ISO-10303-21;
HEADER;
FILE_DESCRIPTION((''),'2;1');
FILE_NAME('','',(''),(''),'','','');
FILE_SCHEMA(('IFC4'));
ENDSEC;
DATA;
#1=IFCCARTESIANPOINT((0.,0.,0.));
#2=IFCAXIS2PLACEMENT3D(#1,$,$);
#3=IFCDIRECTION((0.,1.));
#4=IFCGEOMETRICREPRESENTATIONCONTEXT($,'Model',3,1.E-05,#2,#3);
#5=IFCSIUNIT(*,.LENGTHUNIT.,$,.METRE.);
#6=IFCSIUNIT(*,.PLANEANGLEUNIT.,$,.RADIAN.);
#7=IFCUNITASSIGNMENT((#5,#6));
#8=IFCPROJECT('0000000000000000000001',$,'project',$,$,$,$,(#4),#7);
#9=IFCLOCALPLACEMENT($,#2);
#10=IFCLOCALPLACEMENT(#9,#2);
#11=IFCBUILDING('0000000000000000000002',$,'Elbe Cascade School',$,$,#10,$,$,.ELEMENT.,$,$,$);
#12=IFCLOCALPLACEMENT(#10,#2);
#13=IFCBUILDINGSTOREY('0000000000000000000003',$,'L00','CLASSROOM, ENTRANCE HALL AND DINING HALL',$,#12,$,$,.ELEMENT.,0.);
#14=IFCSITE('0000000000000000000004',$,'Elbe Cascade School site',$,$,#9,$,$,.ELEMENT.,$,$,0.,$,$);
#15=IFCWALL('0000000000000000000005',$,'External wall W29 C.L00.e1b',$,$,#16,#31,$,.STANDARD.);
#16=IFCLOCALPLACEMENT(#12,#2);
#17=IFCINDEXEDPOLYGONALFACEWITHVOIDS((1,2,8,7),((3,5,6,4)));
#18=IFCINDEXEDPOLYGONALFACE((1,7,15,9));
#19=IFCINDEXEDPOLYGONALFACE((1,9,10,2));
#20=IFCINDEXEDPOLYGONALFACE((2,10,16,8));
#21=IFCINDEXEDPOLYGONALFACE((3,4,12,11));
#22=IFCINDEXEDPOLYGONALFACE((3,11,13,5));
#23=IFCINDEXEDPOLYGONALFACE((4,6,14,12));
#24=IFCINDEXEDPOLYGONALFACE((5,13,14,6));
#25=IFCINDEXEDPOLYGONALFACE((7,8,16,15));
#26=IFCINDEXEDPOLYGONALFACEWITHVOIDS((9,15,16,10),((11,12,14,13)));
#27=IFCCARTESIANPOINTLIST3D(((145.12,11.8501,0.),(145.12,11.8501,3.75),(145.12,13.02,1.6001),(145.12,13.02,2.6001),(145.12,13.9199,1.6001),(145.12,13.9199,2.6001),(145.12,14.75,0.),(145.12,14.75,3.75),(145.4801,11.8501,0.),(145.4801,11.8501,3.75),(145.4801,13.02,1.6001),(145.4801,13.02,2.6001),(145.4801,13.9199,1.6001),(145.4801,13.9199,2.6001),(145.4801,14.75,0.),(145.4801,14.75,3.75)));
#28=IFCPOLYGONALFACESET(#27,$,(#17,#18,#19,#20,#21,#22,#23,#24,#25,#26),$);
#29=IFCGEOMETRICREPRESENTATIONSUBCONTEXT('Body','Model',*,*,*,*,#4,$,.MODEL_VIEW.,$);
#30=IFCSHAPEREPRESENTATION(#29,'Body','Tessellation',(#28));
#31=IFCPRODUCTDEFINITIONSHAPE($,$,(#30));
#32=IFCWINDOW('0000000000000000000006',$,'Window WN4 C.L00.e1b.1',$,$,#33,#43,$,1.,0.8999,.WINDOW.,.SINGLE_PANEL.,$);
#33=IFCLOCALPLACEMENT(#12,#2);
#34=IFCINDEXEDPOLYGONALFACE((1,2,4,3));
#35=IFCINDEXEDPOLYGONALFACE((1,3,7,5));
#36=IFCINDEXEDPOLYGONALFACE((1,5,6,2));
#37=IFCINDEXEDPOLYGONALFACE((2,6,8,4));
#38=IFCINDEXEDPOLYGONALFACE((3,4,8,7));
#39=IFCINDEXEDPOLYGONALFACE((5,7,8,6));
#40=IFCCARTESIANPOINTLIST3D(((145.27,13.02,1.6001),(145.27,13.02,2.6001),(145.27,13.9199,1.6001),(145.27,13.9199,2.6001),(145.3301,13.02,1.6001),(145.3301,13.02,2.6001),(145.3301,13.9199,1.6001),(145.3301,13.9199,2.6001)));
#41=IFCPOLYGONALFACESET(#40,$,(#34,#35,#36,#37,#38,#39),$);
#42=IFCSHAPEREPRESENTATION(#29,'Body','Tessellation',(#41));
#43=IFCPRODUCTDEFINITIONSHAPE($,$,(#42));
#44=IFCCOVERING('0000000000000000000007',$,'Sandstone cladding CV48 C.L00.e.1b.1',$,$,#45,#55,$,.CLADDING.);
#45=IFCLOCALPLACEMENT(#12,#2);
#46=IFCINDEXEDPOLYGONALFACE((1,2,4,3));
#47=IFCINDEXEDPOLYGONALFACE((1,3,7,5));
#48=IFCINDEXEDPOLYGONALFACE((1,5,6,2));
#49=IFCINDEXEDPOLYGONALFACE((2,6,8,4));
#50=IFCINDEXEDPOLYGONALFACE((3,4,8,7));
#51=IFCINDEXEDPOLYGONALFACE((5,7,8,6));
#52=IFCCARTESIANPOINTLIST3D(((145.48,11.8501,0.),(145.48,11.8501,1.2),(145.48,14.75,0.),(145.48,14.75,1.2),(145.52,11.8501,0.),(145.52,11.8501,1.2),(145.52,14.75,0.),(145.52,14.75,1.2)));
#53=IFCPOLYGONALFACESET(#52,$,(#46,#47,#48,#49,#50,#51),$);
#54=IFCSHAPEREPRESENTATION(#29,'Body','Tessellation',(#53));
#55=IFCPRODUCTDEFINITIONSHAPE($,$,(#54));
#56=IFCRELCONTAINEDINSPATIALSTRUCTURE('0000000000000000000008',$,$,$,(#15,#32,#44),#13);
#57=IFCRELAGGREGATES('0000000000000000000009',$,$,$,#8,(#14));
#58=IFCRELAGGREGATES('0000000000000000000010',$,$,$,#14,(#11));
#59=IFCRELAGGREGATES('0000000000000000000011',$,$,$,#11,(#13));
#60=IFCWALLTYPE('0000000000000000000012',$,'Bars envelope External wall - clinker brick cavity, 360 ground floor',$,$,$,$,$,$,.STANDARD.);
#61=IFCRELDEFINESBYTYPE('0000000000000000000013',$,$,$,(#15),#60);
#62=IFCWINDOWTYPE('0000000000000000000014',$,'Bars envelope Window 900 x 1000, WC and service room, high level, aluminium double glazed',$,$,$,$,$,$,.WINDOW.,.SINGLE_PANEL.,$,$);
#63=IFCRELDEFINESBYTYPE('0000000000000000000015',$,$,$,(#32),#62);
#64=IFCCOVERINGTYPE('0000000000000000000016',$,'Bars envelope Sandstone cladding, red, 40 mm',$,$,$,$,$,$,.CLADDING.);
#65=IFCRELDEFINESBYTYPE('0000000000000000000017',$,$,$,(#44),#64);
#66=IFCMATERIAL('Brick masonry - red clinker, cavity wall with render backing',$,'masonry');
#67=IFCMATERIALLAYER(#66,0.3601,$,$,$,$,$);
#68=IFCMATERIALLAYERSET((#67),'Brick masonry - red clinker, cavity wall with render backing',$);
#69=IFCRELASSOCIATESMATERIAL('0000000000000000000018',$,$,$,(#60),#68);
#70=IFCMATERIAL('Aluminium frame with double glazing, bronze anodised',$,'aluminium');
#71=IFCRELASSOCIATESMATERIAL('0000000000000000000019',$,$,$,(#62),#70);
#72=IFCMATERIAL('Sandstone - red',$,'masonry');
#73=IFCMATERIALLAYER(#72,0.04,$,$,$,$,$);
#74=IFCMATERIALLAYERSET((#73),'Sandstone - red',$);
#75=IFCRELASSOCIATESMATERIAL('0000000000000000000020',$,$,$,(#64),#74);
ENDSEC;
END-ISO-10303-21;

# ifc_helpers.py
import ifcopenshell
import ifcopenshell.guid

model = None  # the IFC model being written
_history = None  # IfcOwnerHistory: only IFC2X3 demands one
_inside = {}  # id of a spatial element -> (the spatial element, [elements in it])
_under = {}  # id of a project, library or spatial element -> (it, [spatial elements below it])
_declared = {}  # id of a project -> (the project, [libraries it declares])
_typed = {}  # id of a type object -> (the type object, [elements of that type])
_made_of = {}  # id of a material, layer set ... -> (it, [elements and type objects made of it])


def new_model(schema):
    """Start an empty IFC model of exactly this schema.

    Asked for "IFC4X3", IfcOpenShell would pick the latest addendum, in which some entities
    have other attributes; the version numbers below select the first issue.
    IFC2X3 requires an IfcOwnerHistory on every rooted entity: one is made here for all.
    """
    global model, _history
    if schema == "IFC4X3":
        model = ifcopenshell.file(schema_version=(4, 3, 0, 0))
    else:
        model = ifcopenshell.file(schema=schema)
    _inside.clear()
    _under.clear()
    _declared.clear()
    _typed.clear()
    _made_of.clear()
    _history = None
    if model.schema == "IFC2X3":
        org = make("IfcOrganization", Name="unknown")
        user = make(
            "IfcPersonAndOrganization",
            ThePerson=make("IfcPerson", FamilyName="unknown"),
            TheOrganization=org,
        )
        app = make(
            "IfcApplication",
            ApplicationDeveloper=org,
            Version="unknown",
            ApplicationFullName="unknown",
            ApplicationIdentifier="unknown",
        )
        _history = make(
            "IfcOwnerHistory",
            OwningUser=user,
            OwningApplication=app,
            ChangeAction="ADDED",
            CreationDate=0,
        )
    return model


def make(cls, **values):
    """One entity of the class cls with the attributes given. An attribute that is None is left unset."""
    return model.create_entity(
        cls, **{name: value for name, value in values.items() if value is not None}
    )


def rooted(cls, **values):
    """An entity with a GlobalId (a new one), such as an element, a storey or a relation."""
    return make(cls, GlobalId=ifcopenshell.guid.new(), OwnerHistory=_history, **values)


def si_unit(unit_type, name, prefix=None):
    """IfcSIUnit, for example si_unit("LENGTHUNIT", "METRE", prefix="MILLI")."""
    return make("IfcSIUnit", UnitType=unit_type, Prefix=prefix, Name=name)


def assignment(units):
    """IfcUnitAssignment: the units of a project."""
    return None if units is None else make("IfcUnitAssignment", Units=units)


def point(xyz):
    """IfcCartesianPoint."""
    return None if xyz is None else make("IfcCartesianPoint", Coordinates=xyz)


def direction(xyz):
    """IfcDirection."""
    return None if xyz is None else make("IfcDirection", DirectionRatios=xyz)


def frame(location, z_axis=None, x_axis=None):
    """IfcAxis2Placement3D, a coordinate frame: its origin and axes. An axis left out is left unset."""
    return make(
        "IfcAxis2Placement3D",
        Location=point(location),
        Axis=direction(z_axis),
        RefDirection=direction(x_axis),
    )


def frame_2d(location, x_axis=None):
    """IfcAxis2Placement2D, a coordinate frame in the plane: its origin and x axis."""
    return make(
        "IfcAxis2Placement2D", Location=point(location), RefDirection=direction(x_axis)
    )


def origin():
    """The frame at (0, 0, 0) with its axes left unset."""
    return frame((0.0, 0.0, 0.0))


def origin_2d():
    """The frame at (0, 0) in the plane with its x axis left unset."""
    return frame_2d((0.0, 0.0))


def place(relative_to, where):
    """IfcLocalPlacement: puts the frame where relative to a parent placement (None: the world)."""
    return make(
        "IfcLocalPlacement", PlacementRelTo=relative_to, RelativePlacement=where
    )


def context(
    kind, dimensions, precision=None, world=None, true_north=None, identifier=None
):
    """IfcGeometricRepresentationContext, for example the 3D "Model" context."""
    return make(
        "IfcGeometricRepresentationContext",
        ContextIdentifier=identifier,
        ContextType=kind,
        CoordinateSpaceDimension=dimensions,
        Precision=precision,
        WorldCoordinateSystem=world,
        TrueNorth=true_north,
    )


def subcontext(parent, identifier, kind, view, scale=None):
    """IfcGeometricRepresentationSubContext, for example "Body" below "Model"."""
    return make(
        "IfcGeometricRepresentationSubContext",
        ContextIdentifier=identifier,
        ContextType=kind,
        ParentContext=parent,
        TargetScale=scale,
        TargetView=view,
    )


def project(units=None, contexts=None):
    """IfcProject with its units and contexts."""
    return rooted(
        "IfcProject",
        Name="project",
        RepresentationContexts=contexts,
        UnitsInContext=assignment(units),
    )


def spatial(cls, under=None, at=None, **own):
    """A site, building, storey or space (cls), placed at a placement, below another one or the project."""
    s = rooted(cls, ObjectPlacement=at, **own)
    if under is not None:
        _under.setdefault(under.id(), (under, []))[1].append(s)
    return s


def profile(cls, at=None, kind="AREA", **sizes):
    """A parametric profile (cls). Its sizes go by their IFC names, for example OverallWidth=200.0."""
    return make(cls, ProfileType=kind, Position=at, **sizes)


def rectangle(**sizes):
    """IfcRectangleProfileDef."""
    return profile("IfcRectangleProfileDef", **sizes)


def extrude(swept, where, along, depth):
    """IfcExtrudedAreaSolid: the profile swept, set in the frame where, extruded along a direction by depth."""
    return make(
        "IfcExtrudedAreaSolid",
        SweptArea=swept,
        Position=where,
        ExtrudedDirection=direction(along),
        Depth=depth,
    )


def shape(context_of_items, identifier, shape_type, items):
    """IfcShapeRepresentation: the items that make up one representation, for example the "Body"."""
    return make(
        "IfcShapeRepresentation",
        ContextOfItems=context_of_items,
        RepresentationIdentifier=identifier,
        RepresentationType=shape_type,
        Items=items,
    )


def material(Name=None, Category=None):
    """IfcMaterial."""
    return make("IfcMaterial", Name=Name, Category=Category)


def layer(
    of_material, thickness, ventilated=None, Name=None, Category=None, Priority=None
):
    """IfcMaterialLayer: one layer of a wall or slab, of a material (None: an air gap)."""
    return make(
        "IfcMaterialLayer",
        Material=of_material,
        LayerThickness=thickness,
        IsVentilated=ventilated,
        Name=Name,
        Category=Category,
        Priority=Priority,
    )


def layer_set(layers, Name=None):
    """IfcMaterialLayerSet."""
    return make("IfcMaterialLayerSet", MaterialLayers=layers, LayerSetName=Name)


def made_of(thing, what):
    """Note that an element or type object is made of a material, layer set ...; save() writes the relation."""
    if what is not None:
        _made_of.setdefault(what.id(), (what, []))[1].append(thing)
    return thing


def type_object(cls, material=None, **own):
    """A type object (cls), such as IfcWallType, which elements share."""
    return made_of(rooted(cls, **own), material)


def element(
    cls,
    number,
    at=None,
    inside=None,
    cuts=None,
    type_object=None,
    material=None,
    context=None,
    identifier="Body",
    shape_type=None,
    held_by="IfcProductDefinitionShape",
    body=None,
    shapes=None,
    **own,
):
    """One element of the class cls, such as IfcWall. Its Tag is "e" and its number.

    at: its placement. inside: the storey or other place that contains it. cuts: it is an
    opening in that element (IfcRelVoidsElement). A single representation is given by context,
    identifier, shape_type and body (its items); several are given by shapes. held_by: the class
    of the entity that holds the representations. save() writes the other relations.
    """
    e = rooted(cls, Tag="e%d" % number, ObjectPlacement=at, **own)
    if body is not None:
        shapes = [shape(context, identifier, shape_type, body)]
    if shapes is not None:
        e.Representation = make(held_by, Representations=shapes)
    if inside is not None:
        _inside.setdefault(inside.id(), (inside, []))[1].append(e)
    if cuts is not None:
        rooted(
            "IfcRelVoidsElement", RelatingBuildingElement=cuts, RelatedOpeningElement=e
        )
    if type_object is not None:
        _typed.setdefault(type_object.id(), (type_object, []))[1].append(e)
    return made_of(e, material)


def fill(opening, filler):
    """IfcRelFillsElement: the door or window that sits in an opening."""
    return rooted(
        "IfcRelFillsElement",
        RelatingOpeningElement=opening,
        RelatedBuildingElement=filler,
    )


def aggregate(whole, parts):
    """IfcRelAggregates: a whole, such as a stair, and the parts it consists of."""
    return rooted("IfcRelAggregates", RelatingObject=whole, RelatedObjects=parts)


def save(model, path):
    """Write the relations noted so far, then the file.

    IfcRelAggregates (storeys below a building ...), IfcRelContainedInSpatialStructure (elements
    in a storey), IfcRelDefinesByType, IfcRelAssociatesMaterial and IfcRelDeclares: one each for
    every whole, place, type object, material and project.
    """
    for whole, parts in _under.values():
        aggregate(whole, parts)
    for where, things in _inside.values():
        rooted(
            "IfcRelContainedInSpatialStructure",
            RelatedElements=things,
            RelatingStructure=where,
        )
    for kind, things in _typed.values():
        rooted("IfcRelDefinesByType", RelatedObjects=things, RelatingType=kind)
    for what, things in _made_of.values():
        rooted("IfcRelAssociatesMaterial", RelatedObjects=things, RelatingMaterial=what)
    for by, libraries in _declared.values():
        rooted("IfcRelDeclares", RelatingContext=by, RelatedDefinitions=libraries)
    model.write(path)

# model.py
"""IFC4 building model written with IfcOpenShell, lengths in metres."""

from ifc_helpers import new_model, si_unit, direction, frame, frame_2d, origin, origin_2d, place, context, subcontext, project, spatial, rectangle, extrude, material, layer, layer_set, type_object, element, fill, save


model = new_model("IFC4")

# Units and contexts
model_context = context("Model", 3, precision=1e-05, world=origin(), true_north=direction((0.0, 1.0)))
body_context = subcontext(model_context, "Body", "Model", "MODEL_VIEW")
ifc_project = project(units=[si_unit("LENGTHUNIT", "METRE"), si_unit("PLANEANGLEUNIT", "RADIAN")], contexts=[model_context])

# Site, building, storey
site_placement = place(None, origin())
site = spatial("IfcSite", under=ifc_project, at=site_placement, Name="Elbe Cascade School site", CompositionType="ELEMENT", RefElevation=0.0)
building_placement = place(site_placement, origin())
building = spatial("IfcBuilding", under=site, at=building_placement, Name="Elbe Cascade School", CompositionType="ELEMENT")
storey_placement = place(building_placement, origin())
storey = spatial("IfcBuildingStorey", under=building, at=storey_placement, Name="L00", Description="CLASSROOM, ENTRANCE HALL AND DINING HALL", CompositionType="ELEMENT", Elevation=0.0)

# Wall, opening, window
ifc_material_1 = material(Name="Brick masonry - red clinker, cavity wall with render backing", Category="masonry")
ifc_layer_1 = layer(ifc_material_1, 0.3601)
ifc_layer_set_1 = layer_set([ifc_layer_1], Name="Brick masonry - red clinker, cavity wall with render backing")
wall_type_1 = type_object("IfcWallType", Name="Bars envelope External wall - clinker brick cavity, 360 ground floor", PredefinedType="STANDARD", material=ifc_layer_set_1)
ifc_material_2 = material(Name="Aluminium frame with double glazing, bronze anodised", Category="aluminium")
window_type = type_object("IfcWindowType", Name="Bars envelope Window 900 x 1000, WC and service room, high level, aluminium double glazed", PartitioningType="SINGLE_PANEL", PredefinedType="WINDOW", material=ifc_material_2)
wall_1_placement = place(storey_placement, frame((145.3, 14.75, 0.0), z_axis=(0.0, 0.0, 1.0), x_axis=(0.0, -1.0, 0.0)))
wall_1 = element("IfcWall", 1, at=wall_1_placement, inside=storey, type_object=wall_type_1, Name="External wall W29 C.L00.e1b", PredefinedType="STANDARD", context=body_context, shape_type="SweptSolid", body=[
    extrude(rectangle(XDim=2.8999, YDim=0.3601, at=frame_2d((1.45, 0.0))), origin(), (0.0, 0.0, 1.0), 3.75),
])
opening_1_placement = place(wall_1_placement, frame((0.8301, 0.0, 1.6001)))
opening_1 = element("IfcOpeningElement", 2, at=opening_1_placement, cuts=wall_1, PredefinedType="OPENING", context=body_context, shape_type="SweptSolid", body=[
    extrude(rectangle(XDim=0.8999, YDim=1.0, at=frame_2d((0.45, 0.5))), frame((0.0, 0.1899, 0.0), z_axis=(0.0, -1.0, 0.0), x_axis=(1.0, 0.0, 0.0)), (0.0, 0.0, 1.0), 0.3801),
])
window_1_placement = place(opening_1_placement, origin())
window_1 = element("IfcWindow", 3, at=window_1_placement, inside=storey, type_object=window_type, Name="Window WN4 C.L00.e1b.1", OverallHeight=1.0, OverallWidth=0.8999, PartitioningType="SINGLE_PANEL", PredefinedType="WINDOW", context=body_context, shape_type="SweptSolid", body=[
    extrude(rectangle(XDim=0.8999, YDim=1.0, at=frame_2d((0.45, 0.5))), frame((0.0, 0.03, 0.0), z_axis=(0.0, -1.0, 0.0), x_axis=(1.0, 0.0, 0.0)), (0.0, 0.0, 1.0), 0.0601),
])
fill(opening_1, window_1)

# Covering
ifc_material_3 = material(Name="Sandstone - red", Category="masonry")
ifc_layer_2 = layer(ifc_material_3, 0.04)
ifc_layer_set_2 = layer_set([ifc_layer_2], Name="Sandstone - red")
covering_type = type_object("IfcCoveringType", Name="Bars envelope Sandstone cladding, red, 40 mm", PredefinedType="CLADDING", material=ifc_layer_set_2)
covering_placement = place(storey_placement, frame((145.5, 13.3, 0.0), z_axis=(0.0, 0.0, 1.0), x_axis=(0.0, 1.0, 0.0)))
element("IfcCovering", 4, at=covering_placement, inside=storey, type_object=covering_type, Name="Sandstone cladding CV48 C.L00.e.1b.1", PredefinedType="CLADDING", context=body_context, shape_type="SweptSolid", body=[
    extrude(rectangle(XDim=2.8999, YDim=0.04, at=origin_2d()), origin(), (0.0, 0.0, 1.0), 1.2),
])

save(model, "model.ifc")
